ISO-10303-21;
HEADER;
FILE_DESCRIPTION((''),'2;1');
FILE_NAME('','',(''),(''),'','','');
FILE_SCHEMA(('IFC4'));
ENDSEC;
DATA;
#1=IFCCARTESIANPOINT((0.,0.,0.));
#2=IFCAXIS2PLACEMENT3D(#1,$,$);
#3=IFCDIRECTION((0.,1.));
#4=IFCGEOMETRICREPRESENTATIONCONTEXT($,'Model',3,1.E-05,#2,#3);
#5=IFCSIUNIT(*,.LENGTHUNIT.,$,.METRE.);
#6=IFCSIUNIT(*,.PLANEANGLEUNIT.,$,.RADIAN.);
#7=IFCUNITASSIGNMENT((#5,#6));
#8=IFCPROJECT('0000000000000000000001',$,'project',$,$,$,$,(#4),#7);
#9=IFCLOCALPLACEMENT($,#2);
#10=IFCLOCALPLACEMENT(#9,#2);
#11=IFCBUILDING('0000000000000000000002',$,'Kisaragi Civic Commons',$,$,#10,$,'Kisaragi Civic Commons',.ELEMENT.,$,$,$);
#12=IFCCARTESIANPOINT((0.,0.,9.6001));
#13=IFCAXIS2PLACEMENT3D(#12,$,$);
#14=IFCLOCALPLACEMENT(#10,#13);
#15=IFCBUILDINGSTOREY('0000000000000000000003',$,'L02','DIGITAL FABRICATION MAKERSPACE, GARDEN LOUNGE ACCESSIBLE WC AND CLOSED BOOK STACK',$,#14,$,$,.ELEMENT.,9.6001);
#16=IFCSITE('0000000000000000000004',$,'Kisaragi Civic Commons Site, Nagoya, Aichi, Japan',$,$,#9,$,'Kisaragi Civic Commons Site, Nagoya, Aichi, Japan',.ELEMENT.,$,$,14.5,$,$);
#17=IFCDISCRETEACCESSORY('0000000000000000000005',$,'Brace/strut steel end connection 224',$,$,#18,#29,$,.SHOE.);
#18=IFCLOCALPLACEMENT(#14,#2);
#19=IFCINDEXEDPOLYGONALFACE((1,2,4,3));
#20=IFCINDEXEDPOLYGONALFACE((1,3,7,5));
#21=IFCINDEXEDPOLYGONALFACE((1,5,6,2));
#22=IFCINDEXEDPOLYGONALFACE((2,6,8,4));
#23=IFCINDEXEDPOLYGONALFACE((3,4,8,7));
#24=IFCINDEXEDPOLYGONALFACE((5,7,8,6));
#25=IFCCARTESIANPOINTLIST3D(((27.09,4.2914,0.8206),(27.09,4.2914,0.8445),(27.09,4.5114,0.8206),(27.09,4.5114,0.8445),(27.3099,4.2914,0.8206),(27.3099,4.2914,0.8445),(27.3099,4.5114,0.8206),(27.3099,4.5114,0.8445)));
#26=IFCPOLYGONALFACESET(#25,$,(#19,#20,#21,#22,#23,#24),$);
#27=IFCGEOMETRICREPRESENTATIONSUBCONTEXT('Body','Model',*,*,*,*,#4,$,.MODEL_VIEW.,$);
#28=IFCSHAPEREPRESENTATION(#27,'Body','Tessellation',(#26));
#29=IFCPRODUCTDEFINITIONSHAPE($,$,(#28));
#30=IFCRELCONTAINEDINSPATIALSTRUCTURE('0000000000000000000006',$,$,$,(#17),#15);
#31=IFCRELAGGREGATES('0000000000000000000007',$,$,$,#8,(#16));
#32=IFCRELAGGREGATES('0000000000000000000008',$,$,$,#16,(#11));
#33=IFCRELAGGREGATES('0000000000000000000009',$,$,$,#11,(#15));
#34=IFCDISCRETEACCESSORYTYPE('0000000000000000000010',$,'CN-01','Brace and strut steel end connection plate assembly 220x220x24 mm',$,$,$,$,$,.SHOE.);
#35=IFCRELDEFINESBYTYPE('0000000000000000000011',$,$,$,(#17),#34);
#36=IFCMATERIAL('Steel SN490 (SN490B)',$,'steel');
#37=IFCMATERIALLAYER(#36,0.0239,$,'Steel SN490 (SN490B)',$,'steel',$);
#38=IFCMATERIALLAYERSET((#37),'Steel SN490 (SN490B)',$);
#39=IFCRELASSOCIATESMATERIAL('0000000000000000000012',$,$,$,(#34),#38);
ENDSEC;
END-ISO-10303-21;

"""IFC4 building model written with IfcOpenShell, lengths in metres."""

from ifc_helpers import new_model, si_unit, direction, frame, origin, origin_2d, place, context, subcontext, project, spatial, rectangle, extrude, material, layer, layer_set, type_object, element, save


model = new_model("IFC4")

# Units and contexts
model_context = context("Model", 3, precision=1e-05, world=origin(), true_north=direction((0.0, 1.0)))
body_context = subcontext(model_context, "Body", "Model", "MODEL_VIEW")
ifc_project = project(units=[si_unit("LENGTHUNIT", "METRE"), si_unit("PLANEANGLEUNIT", "RADIAN")], contexts=[model_context])

# Site, building, storey
site_placement = place(None, origin())
site = spatial("IfcSite", under=ifc_project, at=site_placement, Name="Kisaragi Civic Commons Site, Nagoya, Aichi, Japan", LongName="Kisaragi Civic Commons Site, Nagoya, Aichi, Japan", CompositionType="ELEMENT", RefElevation=14.5)
building_placement = place(site_placement, origin())
building = spatial("IfcBuilding", under=site, at=building_placement, Name="Kisaragi Civic Commons", LongName="Kisaragi Civic Commons", CompositionType="ELEMENT")
storey_placement = place(building_placement, frame((0.0, 0.0, 9.6001)))
storey = spatial("IfcBuildingStorey", under=building, at=storey_placement, Name="L02", Description="DIGITAL FABRICATION MAKERSPACE, GARDEN LOUNGE ACCESSIBLE WC AND CLOSED BOOK STACK", CompositionType="ELEMENT", Elevation=9.6001)

# Shared definitions
ifc_material_1 = material(Name="Steel SN490 (SN490B)", Category="steel")

# Discrete accessory
ifc_layer_1 = layer(ifc_material_1, 0.0239, Name="Steel SN490 (SN490B)", Category="steel")
ifc_layer_set_1 = layer_set([ifc_layer_1], Name="Steel SN490 (SN490B)")
discrete_accessory_type = type_object("IfcDiscreteAccessoryType", Name="CN-01", Description="Brace and strut steel end connection plate assembly 220x220x24 mm", PredefinedType="SHOE", material=ifc_layer_set_1)
for number, where, z_axis, x_axis, name in (
    (1, (27.2, 4.4014, 0.8206), (0.0, 0.0, 1.0), (1.0, 0.0, 0.0), "Brace/strut steel end connection 224"),
):
    element("IfcDiscreteAccessory", number, at=place(storey_placement, frame(where, z_axis=z_axis, x_axis=x_axis)), inside=storey, type_object=discrete_accessory_type, Name=name, PredefinedType="SHOE", context=body_context, shape_type="SweptSolid", body=[
        extrude(rectangle(XDim=0.22, YDim=0.22, at=origin_2d()), origin(), (0.0, 0.0, 1.0), 0.0239),
    ])

save(model, "model.ifc")
